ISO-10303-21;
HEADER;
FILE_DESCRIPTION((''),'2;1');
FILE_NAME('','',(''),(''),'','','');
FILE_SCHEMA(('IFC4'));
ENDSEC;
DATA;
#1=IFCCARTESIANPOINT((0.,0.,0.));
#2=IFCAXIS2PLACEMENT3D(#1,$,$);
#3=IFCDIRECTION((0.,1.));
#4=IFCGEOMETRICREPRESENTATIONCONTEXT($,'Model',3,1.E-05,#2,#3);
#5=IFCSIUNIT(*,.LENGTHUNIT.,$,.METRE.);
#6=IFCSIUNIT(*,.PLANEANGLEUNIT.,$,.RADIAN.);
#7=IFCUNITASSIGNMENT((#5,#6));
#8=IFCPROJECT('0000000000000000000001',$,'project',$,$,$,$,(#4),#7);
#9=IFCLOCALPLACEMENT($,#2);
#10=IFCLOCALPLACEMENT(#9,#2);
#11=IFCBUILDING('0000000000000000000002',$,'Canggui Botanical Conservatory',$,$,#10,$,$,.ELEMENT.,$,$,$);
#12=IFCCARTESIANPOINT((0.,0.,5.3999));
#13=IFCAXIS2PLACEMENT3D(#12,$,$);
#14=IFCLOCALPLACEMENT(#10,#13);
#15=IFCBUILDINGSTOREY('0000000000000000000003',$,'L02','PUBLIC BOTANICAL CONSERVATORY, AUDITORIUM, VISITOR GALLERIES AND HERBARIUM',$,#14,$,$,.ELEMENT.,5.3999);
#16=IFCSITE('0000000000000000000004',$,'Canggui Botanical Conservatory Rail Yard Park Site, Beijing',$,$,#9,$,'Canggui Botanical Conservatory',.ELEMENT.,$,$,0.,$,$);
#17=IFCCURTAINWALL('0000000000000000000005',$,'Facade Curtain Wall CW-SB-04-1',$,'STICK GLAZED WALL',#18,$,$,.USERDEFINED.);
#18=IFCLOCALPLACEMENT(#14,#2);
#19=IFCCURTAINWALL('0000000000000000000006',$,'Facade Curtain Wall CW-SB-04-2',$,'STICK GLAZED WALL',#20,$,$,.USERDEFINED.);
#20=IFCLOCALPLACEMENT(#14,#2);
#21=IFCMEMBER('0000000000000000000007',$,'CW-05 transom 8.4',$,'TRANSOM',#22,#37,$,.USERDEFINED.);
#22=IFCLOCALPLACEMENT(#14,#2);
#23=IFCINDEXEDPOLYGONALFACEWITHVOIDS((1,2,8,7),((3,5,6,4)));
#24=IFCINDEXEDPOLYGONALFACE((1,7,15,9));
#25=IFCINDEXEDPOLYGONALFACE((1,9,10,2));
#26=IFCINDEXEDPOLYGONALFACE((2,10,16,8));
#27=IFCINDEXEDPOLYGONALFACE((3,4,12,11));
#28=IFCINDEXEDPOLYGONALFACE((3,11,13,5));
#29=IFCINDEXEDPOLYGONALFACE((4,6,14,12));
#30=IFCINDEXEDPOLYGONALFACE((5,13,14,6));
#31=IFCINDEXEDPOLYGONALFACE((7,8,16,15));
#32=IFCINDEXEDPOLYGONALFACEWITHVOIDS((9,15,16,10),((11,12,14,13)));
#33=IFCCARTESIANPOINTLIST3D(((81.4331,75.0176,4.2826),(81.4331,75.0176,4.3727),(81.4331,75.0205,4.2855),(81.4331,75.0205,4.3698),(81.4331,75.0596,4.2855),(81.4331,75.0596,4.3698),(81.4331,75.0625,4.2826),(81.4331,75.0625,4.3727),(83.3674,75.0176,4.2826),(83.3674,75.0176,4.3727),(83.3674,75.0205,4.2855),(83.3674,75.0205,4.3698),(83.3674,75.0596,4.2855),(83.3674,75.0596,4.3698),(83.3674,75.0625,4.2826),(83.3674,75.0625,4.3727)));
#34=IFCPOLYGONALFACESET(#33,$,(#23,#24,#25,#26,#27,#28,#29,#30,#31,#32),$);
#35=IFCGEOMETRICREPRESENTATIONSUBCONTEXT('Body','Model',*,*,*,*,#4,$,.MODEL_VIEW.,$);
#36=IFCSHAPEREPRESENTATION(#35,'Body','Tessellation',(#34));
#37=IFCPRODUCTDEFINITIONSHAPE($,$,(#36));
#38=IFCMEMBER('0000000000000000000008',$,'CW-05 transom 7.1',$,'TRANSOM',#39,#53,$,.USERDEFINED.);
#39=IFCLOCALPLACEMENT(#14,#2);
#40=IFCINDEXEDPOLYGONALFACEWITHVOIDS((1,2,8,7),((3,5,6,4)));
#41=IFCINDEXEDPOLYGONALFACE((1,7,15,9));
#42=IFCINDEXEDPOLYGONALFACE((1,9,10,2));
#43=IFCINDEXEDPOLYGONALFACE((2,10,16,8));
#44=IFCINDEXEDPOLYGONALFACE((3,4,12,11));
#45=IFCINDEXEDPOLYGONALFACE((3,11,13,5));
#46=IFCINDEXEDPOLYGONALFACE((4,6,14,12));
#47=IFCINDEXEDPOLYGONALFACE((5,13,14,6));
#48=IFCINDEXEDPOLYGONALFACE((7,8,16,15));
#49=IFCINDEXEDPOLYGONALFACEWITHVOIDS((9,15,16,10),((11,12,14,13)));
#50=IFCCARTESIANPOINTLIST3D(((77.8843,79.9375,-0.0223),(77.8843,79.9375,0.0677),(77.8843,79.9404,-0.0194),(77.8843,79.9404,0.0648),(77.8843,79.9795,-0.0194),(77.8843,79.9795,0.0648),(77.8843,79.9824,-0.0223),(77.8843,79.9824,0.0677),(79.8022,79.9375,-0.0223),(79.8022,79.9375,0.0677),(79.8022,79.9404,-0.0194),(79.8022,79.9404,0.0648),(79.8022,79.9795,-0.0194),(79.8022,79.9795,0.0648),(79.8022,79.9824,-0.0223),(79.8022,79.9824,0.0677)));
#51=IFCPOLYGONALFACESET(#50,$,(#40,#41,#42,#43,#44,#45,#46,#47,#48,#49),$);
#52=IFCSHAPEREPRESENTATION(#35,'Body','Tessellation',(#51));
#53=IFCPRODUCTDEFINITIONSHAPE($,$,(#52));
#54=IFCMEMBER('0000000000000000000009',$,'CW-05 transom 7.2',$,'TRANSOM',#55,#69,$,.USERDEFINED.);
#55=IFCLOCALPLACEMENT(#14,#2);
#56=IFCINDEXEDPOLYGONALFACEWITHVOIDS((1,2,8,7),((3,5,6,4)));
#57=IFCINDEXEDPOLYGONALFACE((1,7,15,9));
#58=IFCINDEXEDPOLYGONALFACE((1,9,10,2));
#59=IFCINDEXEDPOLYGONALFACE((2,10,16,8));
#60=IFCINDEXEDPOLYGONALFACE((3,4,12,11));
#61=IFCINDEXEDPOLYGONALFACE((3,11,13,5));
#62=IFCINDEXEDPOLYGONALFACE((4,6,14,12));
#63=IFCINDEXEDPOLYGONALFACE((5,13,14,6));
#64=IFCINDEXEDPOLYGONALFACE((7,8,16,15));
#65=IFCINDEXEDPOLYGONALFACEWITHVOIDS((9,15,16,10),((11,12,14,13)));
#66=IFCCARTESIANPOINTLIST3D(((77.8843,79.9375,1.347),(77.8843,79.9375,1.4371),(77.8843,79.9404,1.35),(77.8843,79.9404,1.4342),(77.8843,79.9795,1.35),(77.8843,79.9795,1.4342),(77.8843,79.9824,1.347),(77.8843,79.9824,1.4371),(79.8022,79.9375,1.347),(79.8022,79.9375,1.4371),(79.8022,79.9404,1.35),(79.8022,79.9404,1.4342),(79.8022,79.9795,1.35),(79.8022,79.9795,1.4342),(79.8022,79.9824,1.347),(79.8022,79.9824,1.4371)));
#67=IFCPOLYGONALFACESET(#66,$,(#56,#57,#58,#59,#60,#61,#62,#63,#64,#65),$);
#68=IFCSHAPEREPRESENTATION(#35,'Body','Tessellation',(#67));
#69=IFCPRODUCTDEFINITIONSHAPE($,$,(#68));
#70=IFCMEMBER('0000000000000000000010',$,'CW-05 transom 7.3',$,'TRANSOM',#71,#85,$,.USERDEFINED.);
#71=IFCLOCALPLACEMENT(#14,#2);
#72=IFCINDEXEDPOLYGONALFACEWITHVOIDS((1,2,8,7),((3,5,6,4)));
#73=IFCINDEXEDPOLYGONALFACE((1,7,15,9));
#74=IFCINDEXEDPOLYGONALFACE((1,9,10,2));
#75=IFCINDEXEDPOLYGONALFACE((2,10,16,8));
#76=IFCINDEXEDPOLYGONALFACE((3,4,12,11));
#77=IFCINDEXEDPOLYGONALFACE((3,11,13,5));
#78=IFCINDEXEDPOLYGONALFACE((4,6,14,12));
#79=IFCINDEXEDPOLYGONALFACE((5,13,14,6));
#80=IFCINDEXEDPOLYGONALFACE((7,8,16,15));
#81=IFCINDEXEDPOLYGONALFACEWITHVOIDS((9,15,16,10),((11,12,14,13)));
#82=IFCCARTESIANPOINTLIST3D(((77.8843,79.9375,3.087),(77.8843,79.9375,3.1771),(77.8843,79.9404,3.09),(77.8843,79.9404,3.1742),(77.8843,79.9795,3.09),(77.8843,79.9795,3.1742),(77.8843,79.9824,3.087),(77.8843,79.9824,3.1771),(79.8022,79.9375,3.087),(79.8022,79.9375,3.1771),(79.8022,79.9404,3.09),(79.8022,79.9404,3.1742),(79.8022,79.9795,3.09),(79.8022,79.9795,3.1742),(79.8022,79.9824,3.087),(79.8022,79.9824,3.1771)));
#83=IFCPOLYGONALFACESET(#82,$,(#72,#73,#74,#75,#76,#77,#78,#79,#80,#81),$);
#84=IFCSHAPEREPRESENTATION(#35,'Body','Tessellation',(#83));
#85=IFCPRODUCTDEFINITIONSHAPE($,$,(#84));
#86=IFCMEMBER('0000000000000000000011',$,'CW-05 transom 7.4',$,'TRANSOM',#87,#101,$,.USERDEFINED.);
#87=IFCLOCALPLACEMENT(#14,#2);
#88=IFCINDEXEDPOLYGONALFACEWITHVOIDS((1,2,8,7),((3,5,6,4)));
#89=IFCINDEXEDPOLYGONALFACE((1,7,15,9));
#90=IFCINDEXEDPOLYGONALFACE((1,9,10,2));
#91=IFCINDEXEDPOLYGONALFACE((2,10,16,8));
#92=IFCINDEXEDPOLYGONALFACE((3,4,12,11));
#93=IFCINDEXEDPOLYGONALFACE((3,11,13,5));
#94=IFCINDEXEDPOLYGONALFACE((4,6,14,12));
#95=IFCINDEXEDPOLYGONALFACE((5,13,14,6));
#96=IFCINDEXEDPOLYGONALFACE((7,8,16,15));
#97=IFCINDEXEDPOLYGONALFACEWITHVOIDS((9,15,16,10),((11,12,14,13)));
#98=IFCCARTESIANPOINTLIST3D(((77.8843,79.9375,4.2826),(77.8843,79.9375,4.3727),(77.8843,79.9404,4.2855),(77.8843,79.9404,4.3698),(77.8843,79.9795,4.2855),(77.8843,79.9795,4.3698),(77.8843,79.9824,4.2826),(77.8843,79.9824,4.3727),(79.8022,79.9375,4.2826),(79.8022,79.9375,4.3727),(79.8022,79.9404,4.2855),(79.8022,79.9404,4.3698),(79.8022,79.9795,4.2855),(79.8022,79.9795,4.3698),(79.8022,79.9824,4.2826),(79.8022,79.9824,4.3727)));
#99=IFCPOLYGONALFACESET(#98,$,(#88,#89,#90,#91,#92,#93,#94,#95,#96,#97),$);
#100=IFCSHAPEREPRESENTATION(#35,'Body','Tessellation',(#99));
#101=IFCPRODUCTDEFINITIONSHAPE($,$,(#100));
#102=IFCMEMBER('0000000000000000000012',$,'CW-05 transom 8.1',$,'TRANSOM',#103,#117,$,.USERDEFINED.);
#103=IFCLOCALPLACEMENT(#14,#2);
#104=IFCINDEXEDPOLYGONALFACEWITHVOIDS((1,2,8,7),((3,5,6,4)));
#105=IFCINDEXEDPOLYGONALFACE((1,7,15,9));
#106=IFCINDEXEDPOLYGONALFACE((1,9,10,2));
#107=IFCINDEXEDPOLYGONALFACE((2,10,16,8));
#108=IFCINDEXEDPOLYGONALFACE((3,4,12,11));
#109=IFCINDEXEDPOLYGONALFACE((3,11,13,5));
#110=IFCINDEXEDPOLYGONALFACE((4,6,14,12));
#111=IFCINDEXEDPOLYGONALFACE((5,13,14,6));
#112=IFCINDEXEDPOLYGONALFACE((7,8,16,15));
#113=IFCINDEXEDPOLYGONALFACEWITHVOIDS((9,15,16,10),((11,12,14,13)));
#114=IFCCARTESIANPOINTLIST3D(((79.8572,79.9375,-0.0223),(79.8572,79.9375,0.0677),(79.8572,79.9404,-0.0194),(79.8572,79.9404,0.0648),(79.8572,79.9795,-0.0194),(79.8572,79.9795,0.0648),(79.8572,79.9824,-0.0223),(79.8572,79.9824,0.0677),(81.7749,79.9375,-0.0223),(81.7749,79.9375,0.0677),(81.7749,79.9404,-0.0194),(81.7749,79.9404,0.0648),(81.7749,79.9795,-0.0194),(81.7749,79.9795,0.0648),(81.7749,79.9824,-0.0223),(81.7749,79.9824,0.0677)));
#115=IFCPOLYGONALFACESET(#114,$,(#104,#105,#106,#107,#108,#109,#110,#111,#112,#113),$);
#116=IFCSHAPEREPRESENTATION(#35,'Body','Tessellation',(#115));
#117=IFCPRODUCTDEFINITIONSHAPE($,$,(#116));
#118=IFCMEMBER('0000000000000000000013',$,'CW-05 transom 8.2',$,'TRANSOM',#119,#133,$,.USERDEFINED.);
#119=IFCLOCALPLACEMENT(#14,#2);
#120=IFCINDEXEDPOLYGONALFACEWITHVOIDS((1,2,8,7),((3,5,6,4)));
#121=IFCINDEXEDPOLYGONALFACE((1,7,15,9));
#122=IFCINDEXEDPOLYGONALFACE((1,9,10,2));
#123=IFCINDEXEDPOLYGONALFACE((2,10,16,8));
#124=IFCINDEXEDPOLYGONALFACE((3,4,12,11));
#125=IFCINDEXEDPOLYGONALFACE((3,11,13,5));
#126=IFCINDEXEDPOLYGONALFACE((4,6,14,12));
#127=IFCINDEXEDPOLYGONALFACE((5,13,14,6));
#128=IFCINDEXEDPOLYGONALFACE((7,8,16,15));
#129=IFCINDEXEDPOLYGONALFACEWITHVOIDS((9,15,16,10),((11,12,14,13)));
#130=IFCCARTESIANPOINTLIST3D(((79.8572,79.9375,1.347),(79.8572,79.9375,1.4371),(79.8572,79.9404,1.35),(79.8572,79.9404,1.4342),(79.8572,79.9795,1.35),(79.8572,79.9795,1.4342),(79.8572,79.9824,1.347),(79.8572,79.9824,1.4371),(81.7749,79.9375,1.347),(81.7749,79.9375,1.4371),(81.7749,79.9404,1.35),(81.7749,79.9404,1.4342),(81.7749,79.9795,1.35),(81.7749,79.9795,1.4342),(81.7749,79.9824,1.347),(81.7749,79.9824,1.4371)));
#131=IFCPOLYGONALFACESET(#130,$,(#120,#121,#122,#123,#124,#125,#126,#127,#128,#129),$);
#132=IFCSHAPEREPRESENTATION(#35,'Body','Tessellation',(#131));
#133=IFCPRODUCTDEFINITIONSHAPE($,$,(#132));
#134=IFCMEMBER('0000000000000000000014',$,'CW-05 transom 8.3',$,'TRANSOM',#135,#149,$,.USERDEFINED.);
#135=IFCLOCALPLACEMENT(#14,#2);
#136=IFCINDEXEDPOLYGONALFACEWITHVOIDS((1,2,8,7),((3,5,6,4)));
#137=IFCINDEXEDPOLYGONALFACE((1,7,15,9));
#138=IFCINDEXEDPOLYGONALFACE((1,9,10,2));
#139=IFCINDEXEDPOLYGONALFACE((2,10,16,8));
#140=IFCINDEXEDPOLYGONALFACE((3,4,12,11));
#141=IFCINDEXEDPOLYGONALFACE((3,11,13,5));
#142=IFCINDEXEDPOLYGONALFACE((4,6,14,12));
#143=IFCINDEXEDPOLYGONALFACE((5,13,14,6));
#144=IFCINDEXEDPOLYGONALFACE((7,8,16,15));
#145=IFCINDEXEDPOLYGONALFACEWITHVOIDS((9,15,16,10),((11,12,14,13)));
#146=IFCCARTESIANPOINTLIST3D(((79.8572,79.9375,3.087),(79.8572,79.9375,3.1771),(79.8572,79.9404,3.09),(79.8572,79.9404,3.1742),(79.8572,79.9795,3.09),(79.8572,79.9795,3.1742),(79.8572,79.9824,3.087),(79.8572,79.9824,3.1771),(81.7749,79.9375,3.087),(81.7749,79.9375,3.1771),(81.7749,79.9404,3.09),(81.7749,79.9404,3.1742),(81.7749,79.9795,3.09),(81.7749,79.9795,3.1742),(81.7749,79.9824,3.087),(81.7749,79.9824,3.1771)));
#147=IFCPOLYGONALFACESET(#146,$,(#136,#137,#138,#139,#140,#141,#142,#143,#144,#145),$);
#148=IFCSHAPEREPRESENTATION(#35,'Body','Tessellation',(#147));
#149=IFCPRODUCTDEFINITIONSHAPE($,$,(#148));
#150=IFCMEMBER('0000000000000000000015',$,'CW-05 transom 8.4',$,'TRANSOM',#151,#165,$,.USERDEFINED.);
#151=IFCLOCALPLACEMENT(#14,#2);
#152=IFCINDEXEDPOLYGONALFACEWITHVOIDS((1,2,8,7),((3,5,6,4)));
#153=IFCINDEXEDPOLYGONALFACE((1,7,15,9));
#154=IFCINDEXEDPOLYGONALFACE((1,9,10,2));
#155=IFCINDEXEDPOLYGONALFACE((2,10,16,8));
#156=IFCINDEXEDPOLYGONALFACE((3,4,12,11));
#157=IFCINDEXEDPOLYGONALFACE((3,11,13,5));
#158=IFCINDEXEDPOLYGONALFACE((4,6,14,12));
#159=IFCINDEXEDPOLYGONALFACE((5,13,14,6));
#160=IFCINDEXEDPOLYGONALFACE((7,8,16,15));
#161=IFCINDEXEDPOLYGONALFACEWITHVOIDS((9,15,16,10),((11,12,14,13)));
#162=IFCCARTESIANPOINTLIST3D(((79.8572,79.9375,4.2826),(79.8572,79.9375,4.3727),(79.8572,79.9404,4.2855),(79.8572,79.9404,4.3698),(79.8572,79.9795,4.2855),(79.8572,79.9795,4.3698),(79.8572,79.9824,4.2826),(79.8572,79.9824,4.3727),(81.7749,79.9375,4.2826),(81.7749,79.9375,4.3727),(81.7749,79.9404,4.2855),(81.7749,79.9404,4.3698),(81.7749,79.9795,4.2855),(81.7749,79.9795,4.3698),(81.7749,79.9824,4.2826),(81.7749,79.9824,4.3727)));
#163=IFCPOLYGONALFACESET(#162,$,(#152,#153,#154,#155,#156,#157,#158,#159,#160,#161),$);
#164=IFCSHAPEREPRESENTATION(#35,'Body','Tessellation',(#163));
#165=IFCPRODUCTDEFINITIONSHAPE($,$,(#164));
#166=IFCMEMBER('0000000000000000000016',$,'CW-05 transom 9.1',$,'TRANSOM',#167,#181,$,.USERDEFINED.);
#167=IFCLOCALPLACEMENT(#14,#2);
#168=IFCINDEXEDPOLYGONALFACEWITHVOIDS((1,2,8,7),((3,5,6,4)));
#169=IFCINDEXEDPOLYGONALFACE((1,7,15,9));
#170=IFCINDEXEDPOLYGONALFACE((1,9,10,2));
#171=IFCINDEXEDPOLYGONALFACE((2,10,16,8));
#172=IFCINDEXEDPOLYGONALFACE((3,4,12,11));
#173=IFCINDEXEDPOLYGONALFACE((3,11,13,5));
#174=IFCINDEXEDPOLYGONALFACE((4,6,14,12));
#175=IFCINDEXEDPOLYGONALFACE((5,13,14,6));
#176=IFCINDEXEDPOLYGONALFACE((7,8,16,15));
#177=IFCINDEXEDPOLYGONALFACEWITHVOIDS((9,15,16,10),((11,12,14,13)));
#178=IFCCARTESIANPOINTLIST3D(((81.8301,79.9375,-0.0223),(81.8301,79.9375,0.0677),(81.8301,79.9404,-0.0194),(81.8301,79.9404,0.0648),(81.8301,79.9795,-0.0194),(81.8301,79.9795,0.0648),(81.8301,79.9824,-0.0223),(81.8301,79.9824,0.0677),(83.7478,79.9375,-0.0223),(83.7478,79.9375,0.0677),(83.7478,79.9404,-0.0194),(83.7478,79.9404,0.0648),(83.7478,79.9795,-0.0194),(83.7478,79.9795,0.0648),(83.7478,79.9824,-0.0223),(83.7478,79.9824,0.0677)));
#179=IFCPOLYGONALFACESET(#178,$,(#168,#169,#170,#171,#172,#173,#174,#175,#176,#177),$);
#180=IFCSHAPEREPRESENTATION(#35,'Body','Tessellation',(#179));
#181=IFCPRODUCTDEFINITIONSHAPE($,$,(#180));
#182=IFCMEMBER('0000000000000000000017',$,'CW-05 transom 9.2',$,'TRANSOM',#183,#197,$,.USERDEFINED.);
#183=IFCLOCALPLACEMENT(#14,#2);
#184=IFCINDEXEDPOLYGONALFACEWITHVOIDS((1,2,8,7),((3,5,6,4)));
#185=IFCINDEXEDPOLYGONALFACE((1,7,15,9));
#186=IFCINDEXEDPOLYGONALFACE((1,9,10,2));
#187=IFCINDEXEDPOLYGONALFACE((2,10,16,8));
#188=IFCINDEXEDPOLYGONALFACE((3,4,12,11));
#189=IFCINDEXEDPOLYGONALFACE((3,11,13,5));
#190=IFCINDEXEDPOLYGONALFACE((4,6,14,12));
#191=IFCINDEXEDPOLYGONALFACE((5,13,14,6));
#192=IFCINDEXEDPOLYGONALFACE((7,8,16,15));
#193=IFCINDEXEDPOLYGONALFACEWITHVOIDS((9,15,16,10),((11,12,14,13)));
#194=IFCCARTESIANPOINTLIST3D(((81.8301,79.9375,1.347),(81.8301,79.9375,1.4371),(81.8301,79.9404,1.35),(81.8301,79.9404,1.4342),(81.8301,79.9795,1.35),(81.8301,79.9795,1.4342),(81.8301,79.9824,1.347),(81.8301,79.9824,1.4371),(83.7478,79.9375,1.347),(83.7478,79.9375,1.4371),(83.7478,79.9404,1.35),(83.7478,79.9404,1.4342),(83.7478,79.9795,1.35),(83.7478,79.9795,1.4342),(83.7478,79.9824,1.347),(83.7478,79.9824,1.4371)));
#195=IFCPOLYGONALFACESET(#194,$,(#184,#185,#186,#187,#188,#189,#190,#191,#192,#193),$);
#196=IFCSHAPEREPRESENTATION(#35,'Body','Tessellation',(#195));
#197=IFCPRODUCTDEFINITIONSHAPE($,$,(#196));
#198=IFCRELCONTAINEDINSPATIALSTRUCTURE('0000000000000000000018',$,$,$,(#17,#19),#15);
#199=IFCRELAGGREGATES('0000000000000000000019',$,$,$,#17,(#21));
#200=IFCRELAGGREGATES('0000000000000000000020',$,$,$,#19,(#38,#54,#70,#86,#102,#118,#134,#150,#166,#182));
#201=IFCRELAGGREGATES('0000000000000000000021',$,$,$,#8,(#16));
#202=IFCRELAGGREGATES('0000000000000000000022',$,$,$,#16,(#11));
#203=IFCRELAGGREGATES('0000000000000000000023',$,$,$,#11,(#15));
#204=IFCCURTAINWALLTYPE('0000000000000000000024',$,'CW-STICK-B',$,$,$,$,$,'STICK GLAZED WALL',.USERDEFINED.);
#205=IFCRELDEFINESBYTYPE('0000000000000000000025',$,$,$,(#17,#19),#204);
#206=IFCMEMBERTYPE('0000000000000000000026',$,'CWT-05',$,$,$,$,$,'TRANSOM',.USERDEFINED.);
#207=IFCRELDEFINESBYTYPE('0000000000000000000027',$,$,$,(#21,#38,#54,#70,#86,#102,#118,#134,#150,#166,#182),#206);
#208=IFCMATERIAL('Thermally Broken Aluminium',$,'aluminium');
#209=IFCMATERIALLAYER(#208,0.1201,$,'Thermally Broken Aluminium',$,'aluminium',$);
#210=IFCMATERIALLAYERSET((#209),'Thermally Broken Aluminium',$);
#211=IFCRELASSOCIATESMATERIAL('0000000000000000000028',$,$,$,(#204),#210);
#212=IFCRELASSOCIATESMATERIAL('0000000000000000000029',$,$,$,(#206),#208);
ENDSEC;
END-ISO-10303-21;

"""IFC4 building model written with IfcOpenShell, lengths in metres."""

from ifc_helpers import new_model, si_unit, direction, frame, origin, origin_2d, place, context, subcontext, project, spatial, hollow_rectangle, extrude, material, layer, layer_set, material_profile, profile_set, type_object, element, aggregate, save


model = new_model("IFC4")

# Units and contexts
model_context = context("Model", 3, precision=1e-05, world=origin(), true_north=direction((0.0, 1.0)))
body_context = subcontext(model_context, "Body", "Model", "MODEL_VIEW")
ifc_project = project(units=[si_unit("LENGTHUNIT", "METRE"), si_unit("PLANEANGLEUNIT", "RADIAN")], contexts=[model_context])

# Site, building, storey
site_placement = place(None, origin())
site = spatial("IfcSite", under=ifc_project, at=site_placement, Name="Canggui Botanical Conservatory Rail Yard Park Site, Beijing", LongName="Canggui Botanical Conservatory", CompositionType="ELEMENT", RefElevation=0.0)
building_placement = place(site_placement, origin())
building = spatial("IfcBuilding", under=site, at=building_placement, Name="Canggui Botanical Conservatory", CompositionType="ELEMENT")
storey_placement = place(building_placement, frame((0.0, 0.0, 5.3999)))
storey = spatial("IfcBuildingStorey", under=building, at=storey_placement, Name="L02", Description="PUBLIC BOTANICAL CONSERVATORY, AUDITORIUM, VISITOR GALLERIES AND HERBARIUM", CompositionType="ELEMENT", Elevation=5.3999)

# Curtain walls
ifc_material_1 = material(Name="Thermally Broken Aluminium", Category="aluminium")
ifc_layer_1 = layer(ifc_material_1, 0.1201, Name="Thermally Broken Aluminium", Category="aluminium")
ifc_layer_set_1 = layer_set([ifc_layer_1], Name="Thermally Broken Aluminium")
curtain_wall_type = type_object("IfcCurtainWallType", Name="CW-STICK-B", ElementType="STICK GLAZED WALL", PredefinedType="USERDEFINED", material=ifc_layer_set_1)
curtain_wall_1_placement = place(storey_placement, origin())
curtain_wall_1 = element("IfcCurtainWall", 1, at=curtain_wall_1_placement, inside=storey, type_object=curtain_wall_type, Name="Facade Curtain Wall CW-SB-04-1", ObjectType="STICK GLAZED WALL", PredefinedType="USERDEFINED")
curtain_wall_2_placement = place(storey_placement, origin())
curtain_wall_2 = element("IfcCurtainWall", 2, at=curtain_wall_2_placement, inside=storey, type_object=curtain_wall_type, Name="Facade Curtain Wall CW-SB-04-2", ObjectType="STICK GLAZED WALL", PredefinedType="USERDEFINED")

# Members
ifc_material_profile_1 = material_profile(ifc_material_1, hollow_rectangle(XDim=0.0449, YDim=0.0901, WallThickness=0.0029, at=origin_2d()), Name="CWT 45x90x3")
ifc_profile_set_1 = profile_set([ifc_material_profile_1], Name="Thermally Broken Aluminium")
member_type_1 = type_object("IfcMemberType", Name="CWT-05", ElementType="TRANSOM", PredefinedType="USERDEFINED", material=ifc_profile_set_1)
member_1_placement = place(storey_placement, frame((81.4331, 75.04, 4.3276), z_axis=(1.0, 0.0, 0.0), x_axis=(0.0, 1.0, 0.0)))
member_1 = element("IfcMember", 3, at=member_1_placement, type_object=member_type_1, Name="CW-05 transom 8.4", ObjectType="TRANSOM", PredefinedType="USERDEFINED", context=body_context, shape_type="SweptSolid", body=[
    extrude(hollow_rectangle(XDim=0.0449, YDim=0.0901, WallThickness=0.0029, at=origin_2d()), origin(), (0.0, 0.0, 1.0), 1.9343),
])
member_2_placement = place(storey_placement, frame((77.8843, 79.96, 0.0227), z_axis=(1.0, 0.0, 0.0), x_axis=(0.0, 1.0, 0.0)))
member_2 = element("IfcMember", 4, at=member_2_placement, type_object=member_type_1, Name="CW-05 transom 7.1", ObjectType="TRANSOM", PredefinedType="USERDEFINED", context=body_context, shape_type="SweptSolid", body=[
    extrude(hollow_rectangle(XDim=0.0449, YDim=0.0901, WallThickness=0.0029, at=origin_2d()), origin(), (0.0, 0.0, 1.0), 1.918),
])
member_3_placement = place(storey_placement, frame((77.8843, 79.96, 1.3921), z_axis=(1.0, 0.0, 0.0), x_axis=(0.0, 1.0, 0.0)))
member_3 = element("IfcMember", 5, at=member_3_placement, type_object=member_type_1, Name="CW-05 transom 7.2", ObjectType="TRANSOM", PredefinedType="USERDEFINED", context=body_context, shape_type="SweptSolid", body=[
    extrude(hollow_rectangle(XDim=0.0449, YDim=0.0901, WallThickness=0.0029, at=origin_2d()), origin(), (0.0, 0.0, 1.0), 1.918),
])
member_4_placement = place(storey_placement, frame((77.8843, 79.96, 3.1321), z_axis=(1.0, 0.0, 0.0), x_axis=(0.0, 1.0, 0.0)))
member_4 = element("IfcMember", 6, at=member_4_placement, type_object=member_type_1, Name="CW-05 transom 7.3", ObjectType="TRANSOM", PredefinedType="USERDEFINED", context=body_context, shape_type="SweptSolid", body=[
    extrude(hollow_rectangle(XDim=0.0449, YDim=0.0901, WallThickness=0.0029, at=origin_2d()), origin(), (0.0, 0.0, 1.0), 1.918),
])
member_5_placement = place(storey_placement, frame((77.8843, 79.96, 4.3276), z_axis=(1.0, 0.0, 0.0), x_axis=(0.0, 1.0, 0.0)))
member_5 = element("IfcMember", 7, at=member_5_placement, type_object=member_type_1, Name="CW-05 transom 7.4", ObjectType="TRANSOM", PredefinedType="USERDEFINED", context=body_context, shape_type="SweptSolid", body=[
    extrude(hollow_rectangle(XDim=0.0449, YDim=0.0901, WallThickness=0.0029, at=origin_2d()), origin(), (0.0, 0.0, 1.0), 1.918),
])
member_6_placement = place(storey_placement, frame((79.8572, 79.96, 0.0227), z_axis=(1.0, 0.0, 0.0), x_axis=(0.0, 1.0, 0.0)))
member_6 = element("IfcMember", 8, at=member_6_placement, type_object=member_type_1, Name="CW-05 transom 8.1", ObjectType="TRANSOM", PredefinedType="USERDEFINED", context=body_context, shape_type="SweptSolid", body=[
    extrude(hollow_rectangle(XDim=0.0449, YDim=0.0901, WallThickness=0.0029, at=origin_2d()), origin(), (0.0, 0.0, 1.0), 1.9177),
])
member_7_placement = place(storey_placement, frame((79.8572, 79.96, 1.3921), z_axis=(1.0, 0.0, 0.0), x_axis=(0.0, 1.0, 0.0)))
member_7 = element("IfcMember", 9, at=member_7_placement, type_object=member_type_1, Name="CW-05 transom 8.2", ObjectType="TRANSOM", PredefinedType="USERDEFINED", context=body_context, shape_type="SweptSolid", body=[
    extrude(hollow_rectangle(XDim=0.0449, YDim=0.0901, WallThickness=0.0029, at=origin_2d()), origin(), (0.0, 0.0, 1.0), 1.9177),
])
member_8_placement = place(storey_placement, frame((79.8572, 79.96, 3.1321), z_axis=(1.0, 0.0, 0.0), x_axis=(0.0, 1.0, 0.0)))
member_8 = element("IfcMember", 10, at=member_8_placement, type_object=member_type_1, Name="CW-05 transom 8.3", ObjectType="TRANSOM", PredefinedType="USERDEFINED", context=body_context, shape_type="SweptSolid", body=[
    extrude(hollow_rectangle(XDim=0.0449, YDim=0.0901, WallThickness=0.0029, at=origin_2d()), origin(), (0.0, 0.0, 1.0), 1.9177),
])
member_9_placement = place(storey_placement, frame((79.8572, 79.96, 4.3276), z_axis=(1.0, 0.0, 0.0), x_axis=(0.0, 1.0, 0.0)))
member_9 = element("IfcMember", 11, at=member_9_placement, type_object=member_type_1, Name="CW-05 transom 8.4", ObjectType="TRANSOM", PredefinedType="USERDEFINED", context=body_context, shape_type="SweptSolid", body=[
    extrude(hollow_rectangle(XDim=0.0449, YDim=0.0901, WallThickness=0.0029, at=origin_2d()), origin(), (0.0, 0.0, 1.0), 1.9177),
])
member_10_placement = place(storey_placement, frame((81.8301, 79.96, 0.0227), z_axis=(1.0, 0.0, 0.0), x_axis=(0.0, 1.0, 0.0)))
member_10 = element("IfcMember", 12, at=member_10_placement, type_object=member_type_1, Name="CW-05 transom 9.1", ObjectType="TRANSOM", PredefinedType="USERDEFINED", context=body_context, shape_type="SweptSolid", body=[
    extrude(hollow_rectangle(XDim=0.0449, YDim=0.0901, WallThickness=0.0029, at=origin_2d()), origin(), (0.0, 0.0, 1.0), 1.9177),
])
member_11_placement = place(storey_placement, frame((81.8301, 79.96, 1.3921), z_axis=(1.0, 0.0, 0.0), x_axis=(0.0, 1.0, 0.0)))
member_11 = element("IfcMember", 13, at=member_11_placement, type_object=member_type_1, Name="CW-05 transom 9.2", ObjectType="TRANSOM", PredefinedType="USERDEFINED", context=body_context, shape_type="SweptSolid", body=[
    extrude(hollow_rectangle(XDim=0.0449, YDim=0.0901, WallThickness=0.0029, at=origin_2d()), origin(), (0.0, 0.0, 1.0), 1.9177),
])

aggregate(curtain_wall_1, [member_1])
aggregate(curtain_wall_2, [member_2, member_3, member_4, member_5, member_6, member_7, member_8, member_9, member_10, member_11])

save(model, "model.ifc")
